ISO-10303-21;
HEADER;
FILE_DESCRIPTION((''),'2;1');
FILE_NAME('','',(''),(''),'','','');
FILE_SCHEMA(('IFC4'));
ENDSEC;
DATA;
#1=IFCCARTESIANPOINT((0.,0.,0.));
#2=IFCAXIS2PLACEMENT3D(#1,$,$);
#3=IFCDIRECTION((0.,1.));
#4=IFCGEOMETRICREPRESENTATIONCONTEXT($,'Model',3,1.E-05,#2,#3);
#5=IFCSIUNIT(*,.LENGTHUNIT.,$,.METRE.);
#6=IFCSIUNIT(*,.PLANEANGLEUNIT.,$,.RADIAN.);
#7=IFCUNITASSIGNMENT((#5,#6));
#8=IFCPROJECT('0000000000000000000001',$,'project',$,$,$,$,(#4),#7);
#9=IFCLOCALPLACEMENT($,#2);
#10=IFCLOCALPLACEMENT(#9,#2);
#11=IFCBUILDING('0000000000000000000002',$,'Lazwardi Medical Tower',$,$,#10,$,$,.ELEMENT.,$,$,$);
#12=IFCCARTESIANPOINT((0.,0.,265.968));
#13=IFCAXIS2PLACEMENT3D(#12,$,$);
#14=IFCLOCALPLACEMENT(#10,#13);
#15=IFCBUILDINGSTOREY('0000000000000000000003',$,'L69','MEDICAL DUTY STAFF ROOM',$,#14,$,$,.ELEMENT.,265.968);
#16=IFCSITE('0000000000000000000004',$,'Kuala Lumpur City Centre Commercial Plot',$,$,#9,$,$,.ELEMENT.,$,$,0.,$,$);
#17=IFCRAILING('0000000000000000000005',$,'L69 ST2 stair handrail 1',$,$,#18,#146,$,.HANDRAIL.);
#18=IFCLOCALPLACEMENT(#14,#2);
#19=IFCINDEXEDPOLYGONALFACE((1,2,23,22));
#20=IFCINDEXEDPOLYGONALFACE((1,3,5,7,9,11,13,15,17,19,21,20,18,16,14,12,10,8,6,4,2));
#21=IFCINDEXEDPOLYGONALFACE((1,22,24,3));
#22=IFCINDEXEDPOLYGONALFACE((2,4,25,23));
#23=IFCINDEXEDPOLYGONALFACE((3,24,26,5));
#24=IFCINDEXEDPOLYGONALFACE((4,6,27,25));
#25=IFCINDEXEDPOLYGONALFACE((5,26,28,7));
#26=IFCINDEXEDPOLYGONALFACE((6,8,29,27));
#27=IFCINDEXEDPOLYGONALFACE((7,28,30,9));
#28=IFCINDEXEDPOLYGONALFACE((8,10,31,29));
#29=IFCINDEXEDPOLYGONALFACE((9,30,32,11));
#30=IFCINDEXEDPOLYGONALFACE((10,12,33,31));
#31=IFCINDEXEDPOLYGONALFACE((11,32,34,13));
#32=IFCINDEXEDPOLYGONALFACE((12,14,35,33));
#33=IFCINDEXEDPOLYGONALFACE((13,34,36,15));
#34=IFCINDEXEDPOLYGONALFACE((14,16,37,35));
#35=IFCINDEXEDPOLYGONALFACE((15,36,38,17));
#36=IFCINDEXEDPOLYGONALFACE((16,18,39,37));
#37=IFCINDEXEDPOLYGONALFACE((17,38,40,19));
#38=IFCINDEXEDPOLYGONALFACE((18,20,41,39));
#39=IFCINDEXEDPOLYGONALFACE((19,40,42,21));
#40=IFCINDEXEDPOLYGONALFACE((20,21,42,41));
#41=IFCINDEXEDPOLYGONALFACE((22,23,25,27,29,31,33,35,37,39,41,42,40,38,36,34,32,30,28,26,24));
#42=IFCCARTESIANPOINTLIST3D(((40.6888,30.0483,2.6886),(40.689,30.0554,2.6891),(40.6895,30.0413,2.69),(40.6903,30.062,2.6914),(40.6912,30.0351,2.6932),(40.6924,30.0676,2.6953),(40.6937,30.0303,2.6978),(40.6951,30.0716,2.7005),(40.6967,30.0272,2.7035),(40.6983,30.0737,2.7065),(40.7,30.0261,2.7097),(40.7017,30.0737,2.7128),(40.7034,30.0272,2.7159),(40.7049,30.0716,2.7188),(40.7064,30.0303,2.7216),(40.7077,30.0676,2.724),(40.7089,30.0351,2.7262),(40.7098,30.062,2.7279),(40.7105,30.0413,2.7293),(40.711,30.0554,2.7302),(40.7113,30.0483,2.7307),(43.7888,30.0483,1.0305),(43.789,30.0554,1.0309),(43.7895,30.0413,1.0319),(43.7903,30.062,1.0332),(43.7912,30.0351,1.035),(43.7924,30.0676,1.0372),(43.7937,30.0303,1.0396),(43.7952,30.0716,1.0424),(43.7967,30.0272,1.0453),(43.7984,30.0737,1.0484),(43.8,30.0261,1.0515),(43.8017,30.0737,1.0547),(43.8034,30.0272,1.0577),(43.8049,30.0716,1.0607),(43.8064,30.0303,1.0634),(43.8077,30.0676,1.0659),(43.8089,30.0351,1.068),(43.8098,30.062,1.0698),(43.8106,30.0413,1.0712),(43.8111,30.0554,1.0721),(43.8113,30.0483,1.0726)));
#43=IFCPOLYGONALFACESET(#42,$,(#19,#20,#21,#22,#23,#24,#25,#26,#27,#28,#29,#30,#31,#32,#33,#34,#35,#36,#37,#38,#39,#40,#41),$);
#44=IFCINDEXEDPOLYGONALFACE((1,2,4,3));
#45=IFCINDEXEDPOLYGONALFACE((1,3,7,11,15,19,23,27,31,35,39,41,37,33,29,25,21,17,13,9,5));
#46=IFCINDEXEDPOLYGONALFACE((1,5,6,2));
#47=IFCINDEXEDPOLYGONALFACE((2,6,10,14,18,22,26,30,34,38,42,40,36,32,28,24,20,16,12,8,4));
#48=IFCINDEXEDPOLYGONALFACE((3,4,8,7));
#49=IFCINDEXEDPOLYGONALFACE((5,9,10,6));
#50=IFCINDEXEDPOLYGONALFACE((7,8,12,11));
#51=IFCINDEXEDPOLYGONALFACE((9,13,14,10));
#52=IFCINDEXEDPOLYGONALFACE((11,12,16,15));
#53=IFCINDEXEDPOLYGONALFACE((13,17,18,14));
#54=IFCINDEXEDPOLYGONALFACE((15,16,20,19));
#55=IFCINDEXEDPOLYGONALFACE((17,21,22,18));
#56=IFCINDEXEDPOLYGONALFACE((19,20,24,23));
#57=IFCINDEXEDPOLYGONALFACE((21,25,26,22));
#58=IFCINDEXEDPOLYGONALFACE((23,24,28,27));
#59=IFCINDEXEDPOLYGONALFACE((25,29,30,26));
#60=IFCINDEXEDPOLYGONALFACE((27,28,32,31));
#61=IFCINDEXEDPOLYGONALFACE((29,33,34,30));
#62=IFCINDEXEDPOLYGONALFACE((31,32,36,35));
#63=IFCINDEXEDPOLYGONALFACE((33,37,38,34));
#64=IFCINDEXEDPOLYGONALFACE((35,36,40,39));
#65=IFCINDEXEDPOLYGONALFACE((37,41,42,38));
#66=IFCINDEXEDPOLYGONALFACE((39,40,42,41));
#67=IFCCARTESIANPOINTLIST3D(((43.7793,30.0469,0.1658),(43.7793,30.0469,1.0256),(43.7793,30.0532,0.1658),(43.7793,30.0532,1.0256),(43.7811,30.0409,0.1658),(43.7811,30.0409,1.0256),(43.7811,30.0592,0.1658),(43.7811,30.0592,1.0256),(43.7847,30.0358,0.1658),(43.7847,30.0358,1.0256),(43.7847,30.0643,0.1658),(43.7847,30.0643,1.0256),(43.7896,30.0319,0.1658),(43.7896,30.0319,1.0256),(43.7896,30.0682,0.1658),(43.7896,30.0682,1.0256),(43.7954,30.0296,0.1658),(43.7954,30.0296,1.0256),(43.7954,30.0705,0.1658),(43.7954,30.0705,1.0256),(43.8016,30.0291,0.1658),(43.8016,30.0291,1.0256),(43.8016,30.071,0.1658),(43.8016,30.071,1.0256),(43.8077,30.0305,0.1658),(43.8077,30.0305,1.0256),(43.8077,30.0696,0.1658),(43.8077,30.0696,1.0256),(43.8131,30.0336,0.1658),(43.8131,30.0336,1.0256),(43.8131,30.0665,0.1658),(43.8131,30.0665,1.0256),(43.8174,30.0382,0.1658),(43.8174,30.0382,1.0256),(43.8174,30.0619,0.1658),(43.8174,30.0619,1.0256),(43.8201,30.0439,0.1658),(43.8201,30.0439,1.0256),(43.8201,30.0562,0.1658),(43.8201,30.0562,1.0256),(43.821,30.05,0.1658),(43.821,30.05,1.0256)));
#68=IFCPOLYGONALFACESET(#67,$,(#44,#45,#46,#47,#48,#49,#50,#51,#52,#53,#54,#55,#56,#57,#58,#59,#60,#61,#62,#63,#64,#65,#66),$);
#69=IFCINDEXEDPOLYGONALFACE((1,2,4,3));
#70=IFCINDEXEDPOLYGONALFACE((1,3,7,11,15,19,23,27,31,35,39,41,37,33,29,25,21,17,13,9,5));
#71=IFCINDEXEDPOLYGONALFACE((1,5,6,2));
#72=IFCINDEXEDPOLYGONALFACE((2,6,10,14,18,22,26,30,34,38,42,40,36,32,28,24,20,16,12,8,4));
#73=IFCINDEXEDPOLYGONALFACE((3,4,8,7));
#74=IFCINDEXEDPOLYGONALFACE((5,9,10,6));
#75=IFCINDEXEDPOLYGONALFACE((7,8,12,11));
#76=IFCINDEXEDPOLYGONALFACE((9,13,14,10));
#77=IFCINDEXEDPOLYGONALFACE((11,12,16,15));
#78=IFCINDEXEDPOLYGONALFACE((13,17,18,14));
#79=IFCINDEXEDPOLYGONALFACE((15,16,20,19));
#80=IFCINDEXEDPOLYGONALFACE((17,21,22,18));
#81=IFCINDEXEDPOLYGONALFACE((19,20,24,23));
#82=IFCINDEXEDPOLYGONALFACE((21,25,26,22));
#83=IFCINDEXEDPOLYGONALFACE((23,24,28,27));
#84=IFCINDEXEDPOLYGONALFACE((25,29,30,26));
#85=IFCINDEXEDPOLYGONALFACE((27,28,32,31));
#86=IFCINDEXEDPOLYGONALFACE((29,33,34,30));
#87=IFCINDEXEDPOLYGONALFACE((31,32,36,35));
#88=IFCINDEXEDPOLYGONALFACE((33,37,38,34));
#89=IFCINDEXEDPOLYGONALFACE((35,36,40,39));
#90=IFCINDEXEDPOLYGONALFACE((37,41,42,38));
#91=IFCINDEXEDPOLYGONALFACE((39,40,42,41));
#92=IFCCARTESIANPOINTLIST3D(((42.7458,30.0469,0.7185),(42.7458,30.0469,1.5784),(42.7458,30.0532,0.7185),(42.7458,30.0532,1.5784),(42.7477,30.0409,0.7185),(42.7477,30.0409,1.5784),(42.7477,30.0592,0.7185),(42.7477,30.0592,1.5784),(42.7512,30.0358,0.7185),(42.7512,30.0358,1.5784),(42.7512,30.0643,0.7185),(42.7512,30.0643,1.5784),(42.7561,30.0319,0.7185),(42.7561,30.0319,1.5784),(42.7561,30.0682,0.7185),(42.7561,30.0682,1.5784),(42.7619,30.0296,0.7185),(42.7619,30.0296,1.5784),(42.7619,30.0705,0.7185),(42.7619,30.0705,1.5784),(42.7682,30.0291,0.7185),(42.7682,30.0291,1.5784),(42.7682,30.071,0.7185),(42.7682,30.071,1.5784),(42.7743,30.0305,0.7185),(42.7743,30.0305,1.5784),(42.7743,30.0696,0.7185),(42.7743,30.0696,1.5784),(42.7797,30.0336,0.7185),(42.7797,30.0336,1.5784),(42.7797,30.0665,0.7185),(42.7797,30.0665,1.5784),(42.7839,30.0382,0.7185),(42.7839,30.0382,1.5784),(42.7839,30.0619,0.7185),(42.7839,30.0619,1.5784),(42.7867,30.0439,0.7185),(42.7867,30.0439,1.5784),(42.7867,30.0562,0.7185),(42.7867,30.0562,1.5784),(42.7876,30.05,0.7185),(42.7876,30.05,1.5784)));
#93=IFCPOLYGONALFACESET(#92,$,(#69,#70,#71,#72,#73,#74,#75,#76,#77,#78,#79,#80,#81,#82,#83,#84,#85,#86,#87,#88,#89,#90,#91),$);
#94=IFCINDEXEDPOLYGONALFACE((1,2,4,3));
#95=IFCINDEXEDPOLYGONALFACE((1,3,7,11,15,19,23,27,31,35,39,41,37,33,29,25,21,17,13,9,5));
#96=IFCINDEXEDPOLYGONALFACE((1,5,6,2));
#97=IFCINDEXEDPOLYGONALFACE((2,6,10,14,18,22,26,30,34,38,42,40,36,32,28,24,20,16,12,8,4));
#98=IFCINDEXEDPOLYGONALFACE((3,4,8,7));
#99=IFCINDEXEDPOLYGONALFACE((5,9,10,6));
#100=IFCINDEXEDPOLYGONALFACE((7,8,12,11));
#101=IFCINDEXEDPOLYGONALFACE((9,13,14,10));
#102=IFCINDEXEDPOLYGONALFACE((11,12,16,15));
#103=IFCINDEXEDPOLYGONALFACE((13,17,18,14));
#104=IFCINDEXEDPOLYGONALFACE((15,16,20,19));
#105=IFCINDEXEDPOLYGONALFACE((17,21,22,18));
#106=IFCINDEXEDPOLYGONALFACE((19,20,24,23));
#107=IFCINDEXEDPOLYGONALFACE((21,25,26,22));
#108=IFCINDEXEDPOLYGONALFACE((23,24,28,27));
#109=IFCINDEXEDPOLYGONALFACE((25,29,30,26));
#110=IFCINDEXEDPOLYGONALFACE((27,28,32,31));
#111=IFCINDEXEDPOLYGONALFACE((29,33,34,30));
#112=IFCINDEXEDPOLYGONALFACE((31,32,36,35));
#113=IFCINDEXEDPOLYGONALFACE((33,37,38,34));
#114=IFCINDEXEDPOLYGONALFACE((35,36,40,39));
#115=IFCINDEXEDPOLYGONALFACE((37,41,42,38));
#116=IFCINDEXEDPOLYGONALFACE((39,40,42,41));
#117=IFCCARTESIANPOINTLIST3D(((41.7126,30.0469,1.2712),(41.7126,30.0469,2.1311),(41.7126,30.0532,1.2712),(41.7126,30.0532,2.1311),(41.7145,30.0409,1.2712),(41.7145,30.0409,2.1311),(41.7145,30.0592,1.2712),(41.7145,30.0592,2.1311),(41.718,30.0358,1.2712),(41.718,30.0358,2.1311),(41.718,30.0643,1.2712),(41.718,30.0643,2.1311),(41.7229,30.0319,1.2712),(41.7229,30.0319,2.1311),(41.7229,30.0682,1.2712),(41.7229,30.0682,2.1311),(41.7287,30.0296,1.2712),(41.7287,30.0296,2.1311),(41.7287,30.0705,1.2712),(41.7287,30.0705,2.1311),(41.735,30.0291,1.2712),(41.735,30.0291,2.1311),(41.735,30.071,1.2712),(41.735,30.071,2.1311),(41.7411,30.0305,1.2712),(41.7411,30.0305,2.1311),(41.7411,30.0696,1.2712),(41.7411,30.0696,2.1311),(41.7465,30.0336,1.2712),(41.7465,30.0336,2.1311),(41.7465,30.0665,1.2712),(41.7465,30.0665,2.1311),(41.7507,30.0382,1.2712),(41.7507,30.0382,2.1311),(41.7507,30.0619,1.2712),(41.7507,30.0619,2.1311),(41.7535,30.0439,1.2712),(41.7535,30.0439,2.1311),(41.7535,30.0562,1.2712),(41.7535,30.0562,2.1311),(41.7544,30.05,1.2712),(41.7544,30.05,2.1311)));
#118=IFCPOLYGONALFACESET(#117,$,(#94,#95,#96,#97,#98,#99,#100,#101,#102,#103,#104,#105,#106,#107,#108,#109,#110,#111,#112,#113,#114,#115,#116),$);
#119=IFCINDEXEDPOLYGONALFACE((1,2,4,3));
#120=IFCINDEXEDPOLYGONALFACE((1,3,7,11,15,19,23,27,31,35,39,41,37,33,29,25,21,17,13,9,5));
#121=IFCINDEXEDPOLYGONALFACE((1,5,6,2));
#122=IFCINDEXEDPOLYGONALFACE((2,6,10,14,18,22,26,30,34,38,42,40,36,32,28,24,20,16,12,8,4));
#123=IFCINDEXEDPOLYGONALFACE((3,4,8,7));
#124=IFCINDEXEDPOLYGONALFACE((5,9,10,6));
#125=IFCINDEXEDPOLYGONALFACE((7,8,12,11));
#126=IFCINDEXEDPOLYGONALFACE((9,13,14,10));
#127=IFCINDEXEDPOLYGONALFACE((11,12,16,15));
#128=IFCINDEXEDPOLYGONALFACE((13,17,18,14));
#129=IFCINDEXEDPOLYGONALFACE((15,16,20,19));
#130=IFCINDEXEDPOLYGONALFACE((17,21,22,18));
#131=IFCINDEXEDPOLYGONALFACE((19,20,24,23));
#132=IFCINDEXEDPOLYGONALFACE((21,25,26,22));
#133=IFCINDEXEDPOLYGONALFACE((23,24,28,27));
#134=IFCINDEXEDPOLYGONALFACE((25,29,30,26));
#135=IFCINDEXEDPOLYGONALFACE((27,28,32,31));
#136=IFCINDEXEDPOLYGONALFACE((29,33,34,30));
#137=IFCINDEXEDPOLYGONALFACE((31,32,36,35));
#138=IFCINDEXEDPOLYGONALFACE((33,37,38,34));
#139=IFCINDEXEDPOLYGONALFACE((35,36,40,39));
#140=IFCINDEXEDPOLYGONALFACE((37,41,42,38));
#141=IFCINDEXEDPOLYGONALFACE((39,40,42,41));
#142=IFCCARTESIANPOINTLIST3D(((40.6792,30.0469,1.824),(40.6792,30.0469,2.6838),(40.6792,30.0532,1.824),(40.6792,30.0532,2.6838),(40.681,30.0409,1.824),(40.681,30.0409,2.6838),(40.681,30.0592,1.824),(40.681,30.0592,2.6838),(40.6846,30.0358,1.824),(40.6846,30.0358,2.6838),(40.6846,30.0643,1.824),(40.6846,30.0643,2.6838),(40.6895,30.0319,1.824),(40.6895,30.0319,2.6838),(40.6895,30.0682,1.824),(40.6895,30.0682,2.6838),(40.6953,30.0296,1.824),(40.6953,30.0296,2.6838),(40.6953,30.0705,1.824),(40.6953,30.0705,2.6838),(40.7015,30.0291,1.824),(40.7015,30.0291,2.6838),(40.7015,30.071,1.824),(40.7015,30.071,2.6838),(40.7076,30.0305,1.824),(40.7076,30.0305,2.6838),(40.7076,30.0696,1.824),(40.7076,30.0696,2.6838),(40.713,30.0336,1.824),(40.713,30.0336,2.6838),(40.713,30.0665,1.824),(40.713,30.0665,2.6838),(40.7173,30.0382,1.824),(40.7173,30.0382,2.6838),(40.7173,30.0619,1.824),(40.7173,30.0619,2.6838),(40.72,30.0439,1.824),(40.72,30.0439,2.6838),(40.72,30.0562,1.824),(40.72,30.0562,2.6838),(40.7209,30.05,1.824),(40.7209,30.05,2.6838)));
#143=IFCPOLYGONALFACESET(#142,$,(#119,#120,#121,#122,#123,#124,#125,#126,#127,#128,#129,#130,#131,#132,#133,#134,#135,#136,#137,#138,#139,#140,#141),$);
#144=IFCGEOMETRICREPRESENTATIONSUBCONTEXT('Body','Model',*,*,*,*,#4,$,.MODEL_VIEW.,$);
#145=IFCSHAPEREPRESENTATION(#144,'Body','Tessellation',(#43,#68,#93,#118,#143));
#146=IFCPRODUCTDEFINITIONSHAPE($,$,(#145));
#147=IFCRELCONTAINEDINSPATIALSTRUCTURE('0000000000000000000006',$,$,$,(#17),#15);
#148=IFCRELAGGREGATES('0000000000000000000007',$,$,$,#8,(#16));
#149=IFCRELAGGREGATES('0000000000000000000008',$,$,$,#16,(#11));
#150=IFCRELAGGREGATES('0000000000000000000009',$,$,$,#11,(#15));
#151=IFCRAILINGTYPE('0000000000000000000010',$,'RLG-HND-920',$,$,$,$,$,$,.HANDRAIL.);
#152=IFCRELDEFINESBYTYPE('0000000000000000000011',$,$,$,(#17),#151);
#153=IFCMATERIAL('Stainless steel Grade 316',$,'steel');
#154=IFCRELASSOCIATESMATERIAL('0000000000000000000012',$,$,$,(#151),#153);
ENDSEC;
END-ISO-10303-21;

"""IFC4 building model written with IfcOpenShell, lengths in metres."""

from ifc_helpers import new_model, si_unit, direction, frame, origin, origin_2d, place, context, subcontext, project, spatial, circle, extrude, material, type_object, element, save


model = new_model("IFC4")

# Units and contexts
model_context = context("Model", 3, precision=1e-05, world=origin(), true_north=direction((0.0, 1.0)))
body_context = subcontext(model_context, "Body", "Model", "MODEL_VIEW")
ifc_project = project(units=[si_unit("LENGTHUNIT", "METRE"), si_unit("PLANEANGLEUNIT", "RADIAN")], contexts=[model_context])

# Site, building, storey
site_placement = place(None, origin())
site = spatial("IfcSite", under=ifc_project, at=site_placement, Name="Kuala Lumpur City Centre Commercial Plot", CompositionType="ELEMENT", RefElevation=0.0)
building_placement = place(site_placement, origin())
building = spatial("IfcBuilding", under=site, at=building_placement, Name="Lazwardi Medical Tower", CompositionType="ELEMENT")
storey_placement = place(building_placement, frame((0.0, 0.0, 265.968)))
storey = spatial("IfcBuildingStorey", under=building, at=storey_placement, Name="L69", Description="MEDICAL DUTY STAFF ROOM", CompositionType="ELEMENT", Elevation=265.968)

# Railing
ifc_material_1 = material(Name="Stainless steel Grade 316", Category="steel")
railing_type_1 = type_object("IfcRailingType", Name="RLG-HND-920", PredefinedType="HANDRAIL", material=ifc_material_1)
railing_1_placement = place(storey_placement, frame((43.8, 30.05, 0.1658)))
element("IfcRailing", 1, at=railing_1_placement, inside=storey, type_object=railing_type_1, Name="L69 ST2 stair handrail 1", PredefinedType="HANDRAIL", context=body_context, shape_type="SweptSolid", body=[
    extrude(circle(Radius=0.0239, at=origin_2d()), frame((0.0, 0.0, 0.8857), z_axis=(-0.881783, 0.0, 0.471655), x_axis=(0.0, -1.0, 0.0)), (0.0, 0.0, 1.0), 3.5156),
    extrude(circle(Radius=0.021, at=origin_2d()), origin(), (0.0, 0.0, 1.0), 0.8599),
    extrude(circle(Radius=0.021, at=origin_2d()), frame((-1.0334, 0.0, 0.5527)), (0.0, 0.0, 1.0), 0.8599),
    extrude(circle(Radius=0.021, at=origin_2d()), frame((-2.0667, 0.0, 1.1055)), (0.0, 0.0, 1.0), 0.8599),
    extrude(circle(Radius=0.021, at=origin_2d()), frame((-3.1001, 0.0, 1.6582)), (0.0, 0.0, 1.0), 0.8599),
])

save(model, "model.ifc")
